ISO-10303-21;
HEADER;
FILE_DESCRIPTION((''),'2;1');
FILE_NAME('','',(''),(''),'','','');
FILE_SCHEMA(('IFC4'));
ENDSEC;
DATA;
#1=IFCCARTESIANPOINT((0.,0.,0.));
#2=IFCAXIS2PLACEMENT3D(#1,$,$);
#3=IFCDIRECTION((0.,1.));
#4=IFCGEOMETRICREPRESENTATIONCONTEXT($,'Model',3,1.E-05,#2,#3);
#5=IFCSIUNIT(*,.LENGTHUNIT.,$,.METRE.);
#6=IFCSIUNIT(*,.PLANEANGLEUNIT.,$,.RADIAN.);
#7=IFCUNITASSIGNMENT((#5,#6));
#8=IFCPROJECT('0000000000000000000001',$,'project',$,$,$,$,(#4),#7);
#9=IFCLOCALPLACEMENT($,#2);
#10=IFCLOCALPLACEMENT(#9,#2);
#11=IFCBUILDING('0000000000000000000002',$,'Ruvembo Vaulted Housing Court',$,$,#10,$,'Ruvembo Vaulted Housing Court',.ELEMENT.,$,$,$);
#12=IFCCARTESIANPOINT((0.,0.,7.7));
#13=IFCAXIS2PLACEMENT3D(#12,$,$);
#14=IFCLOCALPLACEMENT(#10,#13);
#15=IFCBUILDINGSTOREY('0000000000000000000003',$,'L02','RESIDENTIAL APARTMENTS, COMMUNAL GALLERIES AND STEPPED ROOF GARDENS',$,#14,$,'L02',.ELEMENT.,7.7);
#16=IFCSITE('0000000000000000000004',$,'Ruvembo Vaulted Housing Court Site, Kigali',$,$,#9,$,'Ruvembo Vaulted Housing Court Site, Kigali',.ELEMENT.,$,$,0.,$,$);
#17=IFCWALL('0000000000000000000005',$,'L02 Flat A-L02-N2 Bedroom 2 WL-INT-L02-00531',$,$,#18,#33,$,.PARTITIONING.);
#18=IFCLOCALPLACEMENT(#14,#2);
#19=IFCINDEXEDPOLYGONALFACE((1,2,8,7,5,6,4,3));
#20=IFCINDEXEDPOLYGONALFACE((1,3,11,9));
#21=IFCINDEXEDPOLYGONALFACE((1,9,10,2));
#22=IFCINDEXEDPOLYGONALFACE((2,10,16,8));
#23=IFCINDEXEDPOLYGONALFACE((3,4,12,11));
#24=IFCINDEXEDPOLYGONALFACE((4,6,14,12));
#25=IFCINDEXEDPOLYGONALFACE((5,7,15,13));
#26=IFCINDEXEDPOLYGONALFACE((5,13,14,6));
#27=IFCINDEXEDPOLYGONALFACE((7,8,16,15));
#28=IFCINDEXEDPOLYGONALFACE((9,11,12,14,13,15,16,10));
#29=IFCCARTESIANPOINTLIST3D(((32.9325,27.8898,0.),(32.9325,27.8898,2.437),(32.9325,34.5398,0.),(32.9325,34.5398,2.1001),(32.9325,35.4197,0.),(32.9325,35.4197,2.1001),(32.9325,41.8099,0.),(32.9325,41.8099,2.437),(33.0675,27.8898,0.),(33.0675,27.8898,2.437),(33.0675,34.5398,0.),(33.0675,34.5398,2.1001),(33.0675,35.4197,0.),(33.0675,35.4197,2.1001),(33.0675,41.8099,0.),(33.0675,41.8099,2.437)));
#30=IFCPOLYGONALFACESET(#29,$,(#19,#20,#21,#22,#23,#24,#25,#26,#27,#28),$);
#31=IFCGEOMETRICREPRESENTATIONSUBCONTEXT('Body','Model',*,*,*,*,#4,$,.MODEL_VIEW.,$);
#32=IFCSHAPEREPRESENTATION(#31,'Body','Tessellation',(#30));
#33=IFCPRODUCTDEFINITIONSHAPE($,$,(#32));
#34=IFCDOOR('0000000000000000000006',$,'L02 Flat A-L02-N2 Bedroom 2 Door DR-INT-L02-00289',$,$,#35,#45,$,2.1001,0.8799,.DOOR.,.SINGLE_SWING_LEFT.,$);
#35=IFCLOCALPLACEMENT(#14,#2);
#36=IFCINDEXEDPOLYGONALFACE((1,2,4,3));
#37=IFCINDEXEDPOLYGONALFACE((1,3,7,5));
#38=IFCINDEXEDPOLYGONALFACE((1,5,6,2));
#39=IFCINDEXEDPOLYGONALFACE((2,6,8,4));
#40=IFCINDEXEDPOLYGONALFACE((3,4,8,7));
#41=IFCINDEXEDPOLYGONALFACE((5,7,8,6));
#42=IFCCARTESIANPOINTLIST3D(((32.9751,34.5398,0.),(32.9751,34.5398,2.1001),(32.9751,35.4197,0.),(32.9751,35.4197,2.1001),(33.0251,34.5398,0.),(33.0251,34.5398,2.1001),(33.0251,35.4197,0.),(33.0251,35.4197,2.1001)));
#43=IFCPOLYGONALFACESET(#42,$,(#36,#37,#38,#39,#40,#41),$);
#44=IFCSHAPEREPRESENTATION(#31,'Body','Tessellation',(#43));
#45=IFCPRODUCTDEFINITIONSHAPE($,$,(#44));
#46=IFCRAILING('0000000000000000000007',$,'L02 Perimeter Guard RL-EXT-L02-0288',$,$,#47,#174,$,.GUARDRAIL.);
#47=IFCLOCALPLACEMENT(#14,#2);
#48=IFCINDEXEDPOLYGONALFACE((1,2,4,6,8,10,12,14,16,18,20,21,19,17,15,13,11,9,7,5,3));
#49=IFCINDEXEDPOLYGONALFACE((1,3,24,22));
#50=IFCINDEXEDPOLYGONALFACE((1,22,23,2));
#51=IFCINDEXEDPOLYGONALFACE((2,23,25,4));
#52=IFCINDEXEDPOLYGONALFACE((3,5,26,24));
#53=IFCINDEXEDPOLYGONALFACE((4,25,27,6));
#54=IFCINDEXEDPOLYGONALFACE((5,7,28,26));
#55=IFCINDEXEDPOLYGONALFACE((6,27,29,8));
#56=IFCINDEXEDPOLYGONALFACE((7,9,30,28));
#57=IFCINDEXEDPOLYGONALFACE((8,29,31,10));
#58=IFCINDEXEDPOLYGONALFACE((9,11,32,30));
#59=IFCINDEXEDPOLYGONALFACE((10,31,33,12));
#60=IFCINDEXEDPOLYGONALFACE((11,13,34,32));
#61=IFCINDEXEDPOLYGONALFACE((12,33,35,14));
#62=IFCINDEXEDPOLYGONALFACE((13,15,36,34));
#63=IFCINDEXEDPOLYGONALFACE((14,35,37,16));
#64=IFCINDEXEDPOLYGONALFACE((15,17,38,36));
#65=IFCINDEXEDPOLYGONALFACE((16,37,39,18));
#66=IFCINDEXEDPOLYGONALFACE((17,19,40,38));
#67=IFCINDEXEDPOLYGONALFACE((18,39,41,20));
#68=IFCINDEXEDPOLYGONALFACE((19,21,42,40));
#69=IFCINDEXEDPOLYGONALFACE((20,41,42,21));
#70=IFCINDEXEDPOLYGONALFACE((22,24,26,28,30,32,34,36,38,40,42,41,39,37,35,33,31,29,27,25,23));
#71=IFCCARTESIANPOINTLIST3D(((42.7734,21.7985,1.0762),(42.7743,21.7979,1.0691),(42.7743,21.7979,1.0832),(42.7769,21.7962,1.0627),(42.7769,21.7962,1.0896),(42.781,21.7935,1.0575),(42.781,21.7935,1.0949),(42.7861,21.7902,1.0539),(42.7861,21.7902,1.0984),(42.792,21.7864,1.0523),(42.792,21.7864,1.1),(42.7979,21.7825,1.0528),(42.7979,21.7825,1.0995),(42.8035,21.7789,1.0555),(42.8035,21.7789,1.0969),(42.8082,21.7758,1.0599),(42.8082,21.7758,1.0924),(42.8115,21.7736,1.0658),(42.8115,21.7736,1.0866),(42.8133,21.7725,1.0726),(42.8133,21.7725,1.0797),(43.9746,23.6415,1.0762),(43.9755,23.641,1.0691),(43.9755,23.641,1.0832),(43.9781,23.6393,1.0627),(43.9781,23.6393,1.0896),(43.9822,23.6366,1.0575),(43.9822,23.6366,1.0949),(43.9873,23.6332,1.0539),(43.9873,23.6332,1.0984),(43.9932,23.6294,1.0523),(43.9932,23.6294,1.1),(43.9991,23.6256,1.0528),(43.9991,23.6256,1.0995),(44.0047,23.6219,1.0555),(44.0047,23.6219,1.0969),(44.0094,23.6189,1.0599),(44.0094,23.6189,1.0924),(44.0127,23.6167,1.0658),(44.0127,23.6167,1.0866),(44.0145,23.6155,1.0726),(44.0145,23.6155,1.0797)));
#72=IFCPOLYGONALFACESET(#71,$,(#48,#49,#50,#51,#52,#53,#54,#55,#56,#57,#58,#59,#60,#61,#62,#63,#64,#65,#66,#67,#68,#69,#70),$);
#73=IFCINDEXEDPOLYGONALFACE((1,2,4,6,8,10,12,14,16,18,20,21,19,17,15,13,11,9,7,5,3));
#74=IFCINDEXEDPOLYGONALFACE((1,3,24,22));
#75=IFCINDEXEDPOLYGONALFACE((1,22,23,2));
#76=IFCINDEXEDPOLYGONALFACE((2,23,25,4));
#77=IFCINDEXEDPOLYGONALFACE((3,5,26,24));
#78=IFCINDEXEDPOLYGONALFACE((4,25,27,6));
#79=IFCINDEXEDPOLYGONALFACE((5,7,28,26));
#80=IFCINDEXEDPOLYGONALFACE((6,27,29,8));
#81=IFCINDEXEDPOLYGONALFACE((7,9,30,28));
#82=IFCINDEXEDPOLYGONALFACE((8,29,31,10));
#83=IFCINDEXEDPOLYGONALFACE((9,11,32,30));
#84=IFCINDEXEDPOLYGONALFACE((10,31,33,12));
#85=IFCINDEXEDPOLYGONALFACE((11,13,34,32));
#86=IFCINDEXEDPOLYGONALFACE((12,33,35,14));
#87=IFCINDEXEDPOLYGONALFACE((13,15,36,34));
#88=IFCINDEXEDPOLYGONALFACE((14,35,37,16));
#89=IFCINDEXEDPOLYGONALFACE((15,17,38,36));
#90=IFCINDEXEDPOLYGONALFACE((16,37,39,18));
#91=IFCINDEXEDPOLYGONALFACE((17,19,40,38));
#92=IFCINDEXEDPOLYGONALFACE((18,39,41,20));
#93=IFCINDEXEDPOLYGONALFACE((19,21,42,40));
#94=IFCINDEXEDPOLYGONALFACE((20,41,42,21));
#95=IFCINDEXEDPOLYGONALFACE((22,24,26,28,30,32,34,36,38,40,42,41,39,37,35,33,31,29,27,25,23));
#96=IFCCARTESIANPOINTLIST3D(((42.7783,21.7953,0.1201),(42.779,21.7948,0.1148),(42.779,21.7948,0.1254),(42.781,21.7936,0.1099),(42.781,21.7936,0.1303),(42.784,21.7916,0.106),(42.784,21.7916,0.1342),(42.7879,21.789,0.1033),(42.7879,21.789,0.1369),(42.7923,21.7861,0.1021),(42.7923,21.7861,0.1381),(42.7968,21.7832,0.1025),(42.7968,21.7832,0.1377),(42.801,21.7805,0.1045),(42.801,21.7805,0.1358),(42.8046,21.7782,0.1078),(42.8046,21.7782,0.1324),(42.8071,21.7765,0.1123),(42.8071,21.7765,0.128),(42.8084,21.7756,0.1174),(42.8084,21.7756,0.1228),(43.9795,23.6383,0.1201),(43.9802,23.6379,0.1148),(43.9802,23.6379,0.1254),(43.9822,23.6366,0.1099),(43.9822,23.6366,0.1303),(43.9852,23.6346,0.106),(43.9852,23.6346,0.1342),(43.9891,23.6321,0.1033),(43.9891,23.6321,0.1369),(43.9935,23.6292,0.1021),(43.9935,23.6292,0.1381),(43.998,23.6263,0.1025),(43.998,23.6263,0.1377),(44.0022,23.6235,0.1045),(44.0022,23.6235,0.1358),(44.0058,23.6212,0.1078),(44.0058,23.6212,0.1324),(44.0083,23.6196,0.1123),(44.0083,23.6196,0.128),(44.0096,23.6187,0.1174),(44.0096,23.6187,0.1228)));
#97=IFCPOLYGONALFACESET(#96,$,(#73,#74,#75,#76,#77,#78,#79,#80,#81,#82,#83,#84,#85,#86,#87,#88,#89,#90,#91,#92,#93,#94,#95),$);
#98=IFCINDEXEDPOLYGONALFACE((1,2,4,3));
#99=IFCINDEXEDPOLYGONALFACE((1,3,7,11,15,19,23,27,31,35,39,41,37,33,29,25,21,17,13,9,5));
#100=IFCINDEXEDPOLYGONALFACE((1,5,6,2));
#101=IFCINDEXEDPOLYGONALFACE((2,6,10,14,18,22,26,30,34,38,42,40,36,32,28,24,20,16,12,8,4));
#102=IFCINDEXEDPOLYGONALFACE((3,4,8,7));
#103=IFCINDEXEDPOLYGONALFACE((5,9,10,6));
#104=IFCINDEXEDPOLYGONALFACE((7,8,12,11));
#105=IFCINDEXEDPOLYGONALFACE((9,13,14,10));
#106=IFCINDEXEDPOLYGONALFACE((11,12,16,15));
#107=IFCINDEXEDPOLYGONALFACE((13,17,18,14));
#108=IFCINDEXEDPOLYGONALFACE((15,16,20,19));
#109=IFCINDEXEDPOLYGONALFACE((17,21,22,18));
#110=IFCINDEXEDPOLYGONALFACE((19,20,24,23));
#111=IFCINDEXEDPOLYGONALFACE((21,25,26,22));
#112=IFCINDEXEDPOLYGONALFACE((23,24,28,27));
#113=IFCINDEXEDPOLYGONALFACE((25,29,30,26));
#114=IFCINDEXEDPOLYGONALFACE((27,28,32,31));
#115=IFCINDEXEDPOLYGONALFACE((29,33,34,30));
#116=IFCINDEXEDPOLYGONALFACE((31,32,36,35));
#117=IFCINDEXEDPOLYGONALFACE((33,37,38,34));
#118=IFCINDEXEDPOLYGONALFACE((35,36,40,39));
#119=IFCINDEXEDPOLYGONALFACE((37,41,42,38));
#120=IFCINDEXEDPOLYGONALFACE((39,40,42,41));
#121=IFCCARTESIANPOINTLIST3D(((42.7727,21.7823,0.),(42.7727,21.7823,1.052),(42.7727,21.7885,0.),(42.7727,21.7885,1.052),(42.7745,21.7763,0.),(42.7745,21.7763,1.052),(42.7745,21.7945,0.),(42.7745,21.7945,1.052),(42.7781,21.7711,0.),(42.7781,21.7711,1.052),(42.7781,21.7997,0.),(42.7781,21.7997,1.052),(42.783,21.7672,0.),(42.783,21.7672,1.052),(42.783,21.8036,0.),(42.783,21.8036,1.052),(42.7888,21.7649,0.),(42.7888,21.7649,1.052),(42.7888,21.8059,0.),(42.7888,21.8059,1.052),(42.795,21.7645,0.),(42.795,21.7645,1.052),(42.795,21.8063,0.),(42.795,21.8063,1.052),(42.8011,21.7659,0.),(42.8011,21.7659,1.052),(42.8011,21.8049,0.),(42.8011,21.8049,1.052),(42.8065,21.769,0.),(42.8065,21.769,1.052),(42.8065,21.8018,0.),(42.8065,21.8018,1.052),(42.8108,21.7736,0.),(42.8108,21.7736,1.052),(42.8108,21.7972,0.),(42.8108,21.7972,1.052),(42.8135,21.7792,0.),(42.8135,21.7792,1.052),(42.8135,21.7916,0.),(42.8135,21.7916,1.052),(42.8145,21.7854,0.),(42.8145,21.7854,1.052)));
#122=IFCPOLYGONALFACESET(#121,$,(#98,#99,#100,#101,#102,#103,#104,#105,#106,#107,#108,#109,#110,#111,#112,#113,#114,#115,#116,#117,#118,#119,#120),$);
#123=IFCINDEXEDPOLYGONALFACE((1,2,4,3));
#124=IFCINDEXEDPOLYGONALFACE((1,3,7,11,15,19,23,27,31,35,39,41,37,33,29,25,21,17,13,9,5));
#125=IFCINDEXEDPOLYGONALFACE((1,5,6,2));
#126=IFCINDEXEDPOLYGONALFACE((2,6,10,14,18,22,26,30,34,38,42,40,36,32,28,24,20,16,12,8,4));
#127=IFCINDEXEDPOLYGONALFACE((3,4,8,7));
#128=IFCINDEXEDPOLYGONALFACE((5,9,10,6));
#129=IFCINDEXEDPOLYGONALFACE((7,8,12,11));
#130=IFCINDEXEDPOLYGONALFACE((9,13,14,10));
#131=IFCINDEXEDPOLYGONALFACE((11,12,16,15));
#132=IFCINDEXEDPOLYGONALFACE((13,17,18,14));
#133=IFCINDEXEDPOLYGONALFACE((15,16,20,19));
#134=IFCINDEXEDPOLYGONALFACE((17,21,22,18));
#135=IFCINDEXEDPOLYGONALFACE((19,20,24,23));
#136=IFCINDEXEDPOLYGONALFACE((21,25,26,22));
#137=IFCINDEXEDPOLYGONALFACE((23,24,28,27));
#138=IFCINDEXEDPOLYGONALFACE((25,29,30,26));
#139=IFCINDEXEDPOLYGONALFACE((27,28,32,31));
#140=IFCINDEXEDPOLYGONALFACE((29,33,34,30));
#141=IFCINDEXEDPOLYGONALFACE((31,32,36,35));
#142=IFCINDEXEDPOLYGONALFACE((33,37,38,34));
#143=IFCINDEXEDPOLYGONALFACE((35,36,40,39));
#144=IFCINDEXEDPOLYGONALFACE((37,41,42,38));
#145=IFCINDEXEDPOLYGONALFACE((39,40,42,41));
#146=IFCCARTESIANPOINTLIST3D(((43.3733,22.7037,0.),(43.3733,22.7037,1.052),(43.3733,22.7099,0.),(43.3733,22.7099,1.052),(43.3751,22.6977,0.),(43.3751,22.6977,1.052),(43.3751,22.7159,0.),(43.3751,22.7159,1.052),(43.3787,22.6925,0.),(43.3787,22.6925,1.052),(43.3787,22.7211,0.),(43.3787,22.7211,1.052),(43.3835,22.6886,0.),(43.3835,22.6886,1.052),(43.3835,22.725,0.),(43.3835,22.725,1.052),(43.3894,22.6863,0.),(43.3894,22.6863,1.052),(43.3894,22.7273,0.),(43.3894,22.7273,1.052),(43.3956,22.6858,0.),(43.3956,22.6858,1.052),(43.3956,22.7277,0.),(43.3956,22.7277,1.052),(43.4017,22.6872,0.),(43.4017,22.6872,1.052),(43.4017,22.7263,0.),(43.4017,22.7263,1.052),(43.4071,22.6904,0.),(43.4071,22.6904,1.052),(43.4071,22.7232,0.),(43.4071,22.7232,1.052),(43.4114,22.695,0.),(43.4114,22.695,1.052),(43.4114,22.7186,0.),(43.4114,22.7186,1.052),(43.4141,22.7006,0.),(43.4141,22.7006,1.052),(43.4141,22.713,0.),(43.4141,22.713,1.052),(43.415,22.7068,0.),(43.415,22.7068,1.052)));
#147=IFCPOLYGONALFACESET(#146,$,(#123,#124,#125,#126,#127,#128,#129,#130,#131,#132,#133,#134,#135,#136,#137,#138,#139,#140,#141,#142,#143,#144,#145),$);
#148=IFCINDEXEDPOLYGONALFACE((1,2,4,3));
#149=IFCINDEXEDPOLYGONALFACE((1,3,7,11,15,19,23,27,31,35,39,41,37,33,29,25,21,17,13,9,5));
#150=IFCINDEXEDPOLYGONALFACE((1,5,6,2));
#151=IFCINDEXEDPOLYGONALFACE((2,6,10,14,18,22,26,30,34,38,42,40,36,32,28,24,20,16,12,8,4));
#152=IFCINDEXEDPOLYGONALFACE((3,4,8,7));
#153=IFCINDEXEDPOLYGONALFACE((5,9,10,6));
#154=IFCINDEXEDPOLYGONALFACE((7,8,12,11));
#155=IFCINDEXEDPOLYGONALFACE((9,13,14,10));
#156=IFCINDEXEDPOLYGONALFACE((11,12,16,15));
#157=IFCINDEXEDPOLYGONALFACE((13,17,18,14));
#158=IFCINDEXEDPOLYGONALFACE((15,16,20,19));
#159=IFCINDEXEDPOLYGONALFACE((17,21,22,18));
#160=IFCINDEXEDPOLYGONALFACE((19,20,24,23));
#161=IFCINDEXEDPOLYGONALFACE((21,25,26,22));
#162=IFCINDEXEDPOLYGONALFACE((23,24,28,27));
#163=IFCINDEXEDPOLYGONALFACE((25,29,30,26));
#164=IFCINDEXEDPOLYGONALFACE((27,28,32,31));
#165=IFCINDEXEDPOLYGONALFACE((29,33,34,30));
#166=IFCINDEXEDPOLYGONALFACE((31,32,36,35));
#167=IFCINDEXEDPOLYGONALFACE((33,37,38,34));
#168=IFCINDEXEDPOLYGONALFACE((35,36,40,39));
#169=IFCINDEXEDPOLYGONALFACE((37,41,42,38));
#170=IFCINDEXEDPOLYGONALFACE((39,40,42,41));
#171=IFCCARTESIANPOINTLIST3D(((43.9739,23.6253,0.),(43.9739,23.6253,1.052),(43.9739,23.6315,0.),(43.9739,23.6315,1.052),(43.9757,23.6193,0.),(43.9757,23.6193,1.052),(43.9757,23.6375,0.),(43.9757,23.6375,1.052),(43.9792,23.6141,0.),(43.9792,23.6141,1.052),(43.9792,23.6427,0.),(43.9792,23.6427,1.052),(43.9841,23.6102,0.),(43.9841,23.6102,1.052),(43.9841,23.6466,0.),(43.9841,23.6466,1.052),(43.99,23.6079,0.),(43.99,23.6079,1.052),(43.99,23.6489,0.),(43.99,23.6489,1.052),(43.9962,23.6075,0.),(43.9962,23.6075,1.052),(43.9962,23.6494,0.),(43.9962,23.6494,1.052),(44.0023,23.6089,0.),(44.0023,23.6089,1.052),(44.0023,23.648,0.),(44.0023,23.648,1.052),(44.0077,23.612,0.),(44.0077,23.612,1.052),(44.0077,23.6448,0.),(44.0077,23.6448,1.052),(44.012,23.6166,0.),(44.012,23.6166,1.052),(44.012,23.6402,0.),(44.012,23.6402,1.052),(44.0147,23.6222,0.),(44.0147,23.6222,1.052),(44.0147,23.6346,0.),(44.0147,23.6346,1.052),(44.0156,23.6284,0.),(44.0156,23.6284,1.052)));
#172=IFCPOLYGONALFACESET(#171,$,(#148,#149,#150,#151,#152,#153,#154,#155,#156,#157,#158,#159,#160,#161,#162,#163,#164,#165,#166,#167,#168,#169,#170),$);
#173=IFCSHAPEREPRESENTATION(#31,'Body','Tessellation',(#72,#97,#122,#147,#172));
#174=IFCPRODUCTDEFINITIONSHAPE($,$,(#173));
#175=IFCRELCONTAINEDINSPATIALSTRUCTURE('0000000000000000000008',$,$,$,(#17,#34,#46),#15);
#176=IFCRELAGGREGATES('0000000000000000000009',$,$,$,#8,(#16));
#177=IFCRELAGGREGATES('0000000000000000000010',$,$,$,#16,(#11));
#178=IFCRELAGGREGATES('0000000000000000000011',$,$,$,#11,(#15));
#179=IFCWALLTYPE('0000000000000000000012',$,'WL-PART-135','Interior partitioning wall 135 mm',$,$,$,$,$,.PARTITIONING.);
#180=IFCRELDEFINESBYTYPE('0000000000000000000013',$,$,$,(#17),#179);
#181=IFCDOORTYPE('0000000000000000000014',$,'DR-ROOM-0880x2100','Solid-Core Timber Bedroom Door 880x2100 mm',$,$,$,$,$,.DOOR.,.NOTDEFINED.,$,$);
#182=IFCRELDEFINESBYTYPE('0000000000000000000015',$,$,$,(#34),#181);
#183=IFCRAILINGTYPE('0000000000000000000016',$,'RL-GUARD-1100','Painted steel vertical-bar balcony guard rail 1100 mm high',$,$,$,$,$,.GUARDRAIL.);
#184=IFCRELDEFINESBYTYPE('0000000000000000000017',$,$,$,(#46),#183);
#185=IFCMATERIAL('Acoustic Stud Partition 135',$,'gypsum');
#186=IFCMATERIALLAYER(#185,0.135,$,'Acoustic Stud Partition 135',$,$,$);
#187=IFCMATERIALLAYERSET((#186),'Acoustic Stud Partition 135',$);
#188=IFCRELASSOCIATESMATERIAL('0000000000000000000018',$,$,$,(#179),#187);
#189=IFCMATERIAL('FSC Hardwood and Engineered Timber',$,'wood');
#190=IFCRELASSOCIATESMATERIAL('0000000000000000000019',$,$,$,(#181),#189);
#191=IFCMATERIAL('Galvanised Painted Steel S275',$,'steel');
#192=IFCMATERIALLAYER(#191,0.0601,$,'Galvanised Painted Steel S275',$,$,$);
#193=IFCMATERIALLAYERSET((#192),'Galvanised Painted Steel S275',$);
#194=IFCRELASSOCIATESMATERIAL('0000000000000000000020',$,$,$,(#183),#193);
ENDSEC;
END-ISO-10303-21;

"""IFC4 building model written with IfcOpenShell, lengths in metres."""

from ifc_helpers import new_model, si_unit, direction, frame, frame_2d, origin, origin_2d, place, context, subcontext, project, spatial, rectangle, circle, extrude, material, layer, layer_set, type_object, element, fill, save


model = new_model("IFC4")

# Units and contexts
model_context = context("Model", 3, precision=1e-05, world=origin(), true_north=direction((0.0, 1.0)))
body_context = subcontext(model_context, "Body", "Model", "MODEL_VIEW")
ifc_project = project(units=[si_unit("LENGTHUNIT", "METRE"), si_unit("PLANEANGLEUNIT", "RADIAN")], contexts=[model_context])

# Site, building, storey
site_placement = place(None, origin())
site = spatial("IfcSite", under=ifc_project, at=site_placement, Name="Ruvembo Vaulted Housing Court Site, Kigali", LongName="Ruvembo Vaulted Housing Court Site, Kigali", CompositionType="ELEMENT", RefElevation=0.0)
building_placement = place(site_placement, origin())
building = spatial("IfcBuilding", under=site, at=building_placement, Name="Ruvembo Vaulted Housing Court", LongName="Ruvembo Vaulted Housing Court", CompositionType="ELEMENT")
storey_placement = place(building_placement, frame((0.0, 0.0, 7.7)))
storey = spatial("IfcBuildingStorey", under=building, at=storey_placement, Name="L02", Description="RESIDENTIAL APARTMENTS, COMMUNAL GALLERIES AND STEPPED ROOF GARDENS", LongName="L02", CompositionType="ELEMENT", Elevation=7.7)

# Wall, opening, door
ifc_material_1 = material(Name="Acoustic Stud Partition 135", Category="gypsum")
ifc_layer_1 = layer(ifc_material_1, 0.135, Name="Acoustic Stud Partition 135")
ifc_layer_set_1 = layer_set([ifc_layer_1], Name="Acoustic Stud Partition 135")
wall_type_1 = type_object("IfcWallType", Name="WL-PART-135", Description="Interior partitioning wall 135 mm", PredefinedType="PARTITIONING", material=ifc_layer_set_1)
wall_1_placement = place(storey_placement, frame((33.0, 27.8899, 0.0), z_axis=(0.0, 0.0, 1.0), x_axis=(0.0, 1.0, 0.0)))
wall_1 = element("IfcWall", 1, at=wall_1_placement, inside=storey, type_object=wall_type_1, Name="L02 Flat A-L02-N2 Bedroom 2 WL-INT-L02-00531", PredefinedType="PARTITIONING", context=body_context, shape_type="SweptSolid", body=[
    extrude(rectangle(XDim=13.9202, YDim=0.135, at=frame_2d((6.96, 0.0))), origin(), (0.0, 0.0, 1.0), 2.437),
])
opening_1_placement = place(wall_1_placement, frame((6.6499, 0.0, 0.0)))
opening_1 = element("IfcOpeningElement", 2, at=opening_1_placement, cuts=wall_1, PredefinedType="OPENING", context=body_context, shape_type="SweptSolid", body=[
    extrude(rectangle(XDim=0.8799, YDim=2.1001, at=frame_2d((0.4399, 1.05))), frame((0.0, 0.0774, 0.0), z_axis=(0.0, -1.0, 0.0), x_axis=(1.0, 0.0, 0.0)), (0.0, 0.0, 1.0), 0.155),
])
ifc_material_2 = material(Name="FSC Hardwood and Engineered Timber", Category="wood")
door_type_1 = type_object("IfcDoorType", Name="DR-ROOM-0880x2100", Description="Solid-Core Timber Bedroom Door 880x2100 mm", OperationType="NOTDEFINED", PredefinedType="DOOR", material=ifc_material_2)
door_1_placement = place(opening_1_placement, origin())
door_1 = element("IfcDoor", 3, at=door_1_placement, inside=storey, type_object=door_type_1, Name="L02 Flat A-L02-N2 Bedroom 2 Door DR-INT-L02-00289", OperationType="SINGLE_SWING_LEFT", OverallHeight=2.1001, OverallWidth=0.8799, PredefinedType="DOOR", context=body_context, shape_type="SweptSolid", body=[
    extrude(rectangle(XDim=0.8799, YDim=2.1001, at=frame_2d((0.4399, 1.05))), frame((0.0, 0.0249, 0.0), z_axis=(0.0, -1.0, 0.0), x_axis=(1.0, 0.0, 0.0)), (0.0, 0.0, 1.0), 0.05),
])
fill(opening_1, door_1)

# Railing
ifc_material_3 = material(Name="Galvanised Painted Steel S275", Category="steel")
ifc_layer_2 = layer(ifc_material_3, 0.0601, Name="Galvanised Painted Steel S275")
ifc_layer_set_2 = layer_set([ifc_layer_2], Name="Galvanised Painted Steel S275")
railing_type = type_object("IfcRailingType", Name="RL-GUARD-1100", Description="Painted steel vertical-bar balcony guard rail 1100 mm high", PredefinedType="GUARDRAIL", material=ifc_layer_set_2)
railing_1_placement = place(storey_placement, frame((42.7935, 21.7854, 0.0)))
element("IfcRailing", 4, at=railing_1_placement, inside=storey, type_object=railing_type, Name="L02 Perimeter Guard RL-EXT-L02-0288", PredefinedType="GUARDRAIL", context=body_context, shape_type="SweptSolid", body=[
    extrude(circle(Radius=0.0239, at=origin_2d()), frame((0.0, 0.0, 1.0762), z_axis=(0.546014, 0.837776, 0.0), x_axis=(-0.837776, 0.546014, 0.0)), (0.0, 0.0, 1.0), 2.2),
    extrude(circle(Radius=0.0181, at=origin_2d()), frame((0.0, 0.0, 0.1201), z_axis=(0.546014, 0.837776, 0.0), x_axis=(-0.837776, 0.546014, 0.0)), (0.0, 0.0, 1.0), 2.2),
    extrude(circle(Radius=0.021, at=origin_2d()), origin(), (0.0, 0.0, 1.0), 1.052),
    extrude(circle(Radius=0.021, at=origin_2d()), frame((0.6006, 0.9214, 0.0)), (0.0, 0.0, 1.0), 1.052),
    extrude(circle(Radius=0.021, at=origin_2d()), frame((1.2012, 1.843, 0.0)), (0.0, 0.0, 1.0), 1.052),
])

save(model, "model.ifc")
